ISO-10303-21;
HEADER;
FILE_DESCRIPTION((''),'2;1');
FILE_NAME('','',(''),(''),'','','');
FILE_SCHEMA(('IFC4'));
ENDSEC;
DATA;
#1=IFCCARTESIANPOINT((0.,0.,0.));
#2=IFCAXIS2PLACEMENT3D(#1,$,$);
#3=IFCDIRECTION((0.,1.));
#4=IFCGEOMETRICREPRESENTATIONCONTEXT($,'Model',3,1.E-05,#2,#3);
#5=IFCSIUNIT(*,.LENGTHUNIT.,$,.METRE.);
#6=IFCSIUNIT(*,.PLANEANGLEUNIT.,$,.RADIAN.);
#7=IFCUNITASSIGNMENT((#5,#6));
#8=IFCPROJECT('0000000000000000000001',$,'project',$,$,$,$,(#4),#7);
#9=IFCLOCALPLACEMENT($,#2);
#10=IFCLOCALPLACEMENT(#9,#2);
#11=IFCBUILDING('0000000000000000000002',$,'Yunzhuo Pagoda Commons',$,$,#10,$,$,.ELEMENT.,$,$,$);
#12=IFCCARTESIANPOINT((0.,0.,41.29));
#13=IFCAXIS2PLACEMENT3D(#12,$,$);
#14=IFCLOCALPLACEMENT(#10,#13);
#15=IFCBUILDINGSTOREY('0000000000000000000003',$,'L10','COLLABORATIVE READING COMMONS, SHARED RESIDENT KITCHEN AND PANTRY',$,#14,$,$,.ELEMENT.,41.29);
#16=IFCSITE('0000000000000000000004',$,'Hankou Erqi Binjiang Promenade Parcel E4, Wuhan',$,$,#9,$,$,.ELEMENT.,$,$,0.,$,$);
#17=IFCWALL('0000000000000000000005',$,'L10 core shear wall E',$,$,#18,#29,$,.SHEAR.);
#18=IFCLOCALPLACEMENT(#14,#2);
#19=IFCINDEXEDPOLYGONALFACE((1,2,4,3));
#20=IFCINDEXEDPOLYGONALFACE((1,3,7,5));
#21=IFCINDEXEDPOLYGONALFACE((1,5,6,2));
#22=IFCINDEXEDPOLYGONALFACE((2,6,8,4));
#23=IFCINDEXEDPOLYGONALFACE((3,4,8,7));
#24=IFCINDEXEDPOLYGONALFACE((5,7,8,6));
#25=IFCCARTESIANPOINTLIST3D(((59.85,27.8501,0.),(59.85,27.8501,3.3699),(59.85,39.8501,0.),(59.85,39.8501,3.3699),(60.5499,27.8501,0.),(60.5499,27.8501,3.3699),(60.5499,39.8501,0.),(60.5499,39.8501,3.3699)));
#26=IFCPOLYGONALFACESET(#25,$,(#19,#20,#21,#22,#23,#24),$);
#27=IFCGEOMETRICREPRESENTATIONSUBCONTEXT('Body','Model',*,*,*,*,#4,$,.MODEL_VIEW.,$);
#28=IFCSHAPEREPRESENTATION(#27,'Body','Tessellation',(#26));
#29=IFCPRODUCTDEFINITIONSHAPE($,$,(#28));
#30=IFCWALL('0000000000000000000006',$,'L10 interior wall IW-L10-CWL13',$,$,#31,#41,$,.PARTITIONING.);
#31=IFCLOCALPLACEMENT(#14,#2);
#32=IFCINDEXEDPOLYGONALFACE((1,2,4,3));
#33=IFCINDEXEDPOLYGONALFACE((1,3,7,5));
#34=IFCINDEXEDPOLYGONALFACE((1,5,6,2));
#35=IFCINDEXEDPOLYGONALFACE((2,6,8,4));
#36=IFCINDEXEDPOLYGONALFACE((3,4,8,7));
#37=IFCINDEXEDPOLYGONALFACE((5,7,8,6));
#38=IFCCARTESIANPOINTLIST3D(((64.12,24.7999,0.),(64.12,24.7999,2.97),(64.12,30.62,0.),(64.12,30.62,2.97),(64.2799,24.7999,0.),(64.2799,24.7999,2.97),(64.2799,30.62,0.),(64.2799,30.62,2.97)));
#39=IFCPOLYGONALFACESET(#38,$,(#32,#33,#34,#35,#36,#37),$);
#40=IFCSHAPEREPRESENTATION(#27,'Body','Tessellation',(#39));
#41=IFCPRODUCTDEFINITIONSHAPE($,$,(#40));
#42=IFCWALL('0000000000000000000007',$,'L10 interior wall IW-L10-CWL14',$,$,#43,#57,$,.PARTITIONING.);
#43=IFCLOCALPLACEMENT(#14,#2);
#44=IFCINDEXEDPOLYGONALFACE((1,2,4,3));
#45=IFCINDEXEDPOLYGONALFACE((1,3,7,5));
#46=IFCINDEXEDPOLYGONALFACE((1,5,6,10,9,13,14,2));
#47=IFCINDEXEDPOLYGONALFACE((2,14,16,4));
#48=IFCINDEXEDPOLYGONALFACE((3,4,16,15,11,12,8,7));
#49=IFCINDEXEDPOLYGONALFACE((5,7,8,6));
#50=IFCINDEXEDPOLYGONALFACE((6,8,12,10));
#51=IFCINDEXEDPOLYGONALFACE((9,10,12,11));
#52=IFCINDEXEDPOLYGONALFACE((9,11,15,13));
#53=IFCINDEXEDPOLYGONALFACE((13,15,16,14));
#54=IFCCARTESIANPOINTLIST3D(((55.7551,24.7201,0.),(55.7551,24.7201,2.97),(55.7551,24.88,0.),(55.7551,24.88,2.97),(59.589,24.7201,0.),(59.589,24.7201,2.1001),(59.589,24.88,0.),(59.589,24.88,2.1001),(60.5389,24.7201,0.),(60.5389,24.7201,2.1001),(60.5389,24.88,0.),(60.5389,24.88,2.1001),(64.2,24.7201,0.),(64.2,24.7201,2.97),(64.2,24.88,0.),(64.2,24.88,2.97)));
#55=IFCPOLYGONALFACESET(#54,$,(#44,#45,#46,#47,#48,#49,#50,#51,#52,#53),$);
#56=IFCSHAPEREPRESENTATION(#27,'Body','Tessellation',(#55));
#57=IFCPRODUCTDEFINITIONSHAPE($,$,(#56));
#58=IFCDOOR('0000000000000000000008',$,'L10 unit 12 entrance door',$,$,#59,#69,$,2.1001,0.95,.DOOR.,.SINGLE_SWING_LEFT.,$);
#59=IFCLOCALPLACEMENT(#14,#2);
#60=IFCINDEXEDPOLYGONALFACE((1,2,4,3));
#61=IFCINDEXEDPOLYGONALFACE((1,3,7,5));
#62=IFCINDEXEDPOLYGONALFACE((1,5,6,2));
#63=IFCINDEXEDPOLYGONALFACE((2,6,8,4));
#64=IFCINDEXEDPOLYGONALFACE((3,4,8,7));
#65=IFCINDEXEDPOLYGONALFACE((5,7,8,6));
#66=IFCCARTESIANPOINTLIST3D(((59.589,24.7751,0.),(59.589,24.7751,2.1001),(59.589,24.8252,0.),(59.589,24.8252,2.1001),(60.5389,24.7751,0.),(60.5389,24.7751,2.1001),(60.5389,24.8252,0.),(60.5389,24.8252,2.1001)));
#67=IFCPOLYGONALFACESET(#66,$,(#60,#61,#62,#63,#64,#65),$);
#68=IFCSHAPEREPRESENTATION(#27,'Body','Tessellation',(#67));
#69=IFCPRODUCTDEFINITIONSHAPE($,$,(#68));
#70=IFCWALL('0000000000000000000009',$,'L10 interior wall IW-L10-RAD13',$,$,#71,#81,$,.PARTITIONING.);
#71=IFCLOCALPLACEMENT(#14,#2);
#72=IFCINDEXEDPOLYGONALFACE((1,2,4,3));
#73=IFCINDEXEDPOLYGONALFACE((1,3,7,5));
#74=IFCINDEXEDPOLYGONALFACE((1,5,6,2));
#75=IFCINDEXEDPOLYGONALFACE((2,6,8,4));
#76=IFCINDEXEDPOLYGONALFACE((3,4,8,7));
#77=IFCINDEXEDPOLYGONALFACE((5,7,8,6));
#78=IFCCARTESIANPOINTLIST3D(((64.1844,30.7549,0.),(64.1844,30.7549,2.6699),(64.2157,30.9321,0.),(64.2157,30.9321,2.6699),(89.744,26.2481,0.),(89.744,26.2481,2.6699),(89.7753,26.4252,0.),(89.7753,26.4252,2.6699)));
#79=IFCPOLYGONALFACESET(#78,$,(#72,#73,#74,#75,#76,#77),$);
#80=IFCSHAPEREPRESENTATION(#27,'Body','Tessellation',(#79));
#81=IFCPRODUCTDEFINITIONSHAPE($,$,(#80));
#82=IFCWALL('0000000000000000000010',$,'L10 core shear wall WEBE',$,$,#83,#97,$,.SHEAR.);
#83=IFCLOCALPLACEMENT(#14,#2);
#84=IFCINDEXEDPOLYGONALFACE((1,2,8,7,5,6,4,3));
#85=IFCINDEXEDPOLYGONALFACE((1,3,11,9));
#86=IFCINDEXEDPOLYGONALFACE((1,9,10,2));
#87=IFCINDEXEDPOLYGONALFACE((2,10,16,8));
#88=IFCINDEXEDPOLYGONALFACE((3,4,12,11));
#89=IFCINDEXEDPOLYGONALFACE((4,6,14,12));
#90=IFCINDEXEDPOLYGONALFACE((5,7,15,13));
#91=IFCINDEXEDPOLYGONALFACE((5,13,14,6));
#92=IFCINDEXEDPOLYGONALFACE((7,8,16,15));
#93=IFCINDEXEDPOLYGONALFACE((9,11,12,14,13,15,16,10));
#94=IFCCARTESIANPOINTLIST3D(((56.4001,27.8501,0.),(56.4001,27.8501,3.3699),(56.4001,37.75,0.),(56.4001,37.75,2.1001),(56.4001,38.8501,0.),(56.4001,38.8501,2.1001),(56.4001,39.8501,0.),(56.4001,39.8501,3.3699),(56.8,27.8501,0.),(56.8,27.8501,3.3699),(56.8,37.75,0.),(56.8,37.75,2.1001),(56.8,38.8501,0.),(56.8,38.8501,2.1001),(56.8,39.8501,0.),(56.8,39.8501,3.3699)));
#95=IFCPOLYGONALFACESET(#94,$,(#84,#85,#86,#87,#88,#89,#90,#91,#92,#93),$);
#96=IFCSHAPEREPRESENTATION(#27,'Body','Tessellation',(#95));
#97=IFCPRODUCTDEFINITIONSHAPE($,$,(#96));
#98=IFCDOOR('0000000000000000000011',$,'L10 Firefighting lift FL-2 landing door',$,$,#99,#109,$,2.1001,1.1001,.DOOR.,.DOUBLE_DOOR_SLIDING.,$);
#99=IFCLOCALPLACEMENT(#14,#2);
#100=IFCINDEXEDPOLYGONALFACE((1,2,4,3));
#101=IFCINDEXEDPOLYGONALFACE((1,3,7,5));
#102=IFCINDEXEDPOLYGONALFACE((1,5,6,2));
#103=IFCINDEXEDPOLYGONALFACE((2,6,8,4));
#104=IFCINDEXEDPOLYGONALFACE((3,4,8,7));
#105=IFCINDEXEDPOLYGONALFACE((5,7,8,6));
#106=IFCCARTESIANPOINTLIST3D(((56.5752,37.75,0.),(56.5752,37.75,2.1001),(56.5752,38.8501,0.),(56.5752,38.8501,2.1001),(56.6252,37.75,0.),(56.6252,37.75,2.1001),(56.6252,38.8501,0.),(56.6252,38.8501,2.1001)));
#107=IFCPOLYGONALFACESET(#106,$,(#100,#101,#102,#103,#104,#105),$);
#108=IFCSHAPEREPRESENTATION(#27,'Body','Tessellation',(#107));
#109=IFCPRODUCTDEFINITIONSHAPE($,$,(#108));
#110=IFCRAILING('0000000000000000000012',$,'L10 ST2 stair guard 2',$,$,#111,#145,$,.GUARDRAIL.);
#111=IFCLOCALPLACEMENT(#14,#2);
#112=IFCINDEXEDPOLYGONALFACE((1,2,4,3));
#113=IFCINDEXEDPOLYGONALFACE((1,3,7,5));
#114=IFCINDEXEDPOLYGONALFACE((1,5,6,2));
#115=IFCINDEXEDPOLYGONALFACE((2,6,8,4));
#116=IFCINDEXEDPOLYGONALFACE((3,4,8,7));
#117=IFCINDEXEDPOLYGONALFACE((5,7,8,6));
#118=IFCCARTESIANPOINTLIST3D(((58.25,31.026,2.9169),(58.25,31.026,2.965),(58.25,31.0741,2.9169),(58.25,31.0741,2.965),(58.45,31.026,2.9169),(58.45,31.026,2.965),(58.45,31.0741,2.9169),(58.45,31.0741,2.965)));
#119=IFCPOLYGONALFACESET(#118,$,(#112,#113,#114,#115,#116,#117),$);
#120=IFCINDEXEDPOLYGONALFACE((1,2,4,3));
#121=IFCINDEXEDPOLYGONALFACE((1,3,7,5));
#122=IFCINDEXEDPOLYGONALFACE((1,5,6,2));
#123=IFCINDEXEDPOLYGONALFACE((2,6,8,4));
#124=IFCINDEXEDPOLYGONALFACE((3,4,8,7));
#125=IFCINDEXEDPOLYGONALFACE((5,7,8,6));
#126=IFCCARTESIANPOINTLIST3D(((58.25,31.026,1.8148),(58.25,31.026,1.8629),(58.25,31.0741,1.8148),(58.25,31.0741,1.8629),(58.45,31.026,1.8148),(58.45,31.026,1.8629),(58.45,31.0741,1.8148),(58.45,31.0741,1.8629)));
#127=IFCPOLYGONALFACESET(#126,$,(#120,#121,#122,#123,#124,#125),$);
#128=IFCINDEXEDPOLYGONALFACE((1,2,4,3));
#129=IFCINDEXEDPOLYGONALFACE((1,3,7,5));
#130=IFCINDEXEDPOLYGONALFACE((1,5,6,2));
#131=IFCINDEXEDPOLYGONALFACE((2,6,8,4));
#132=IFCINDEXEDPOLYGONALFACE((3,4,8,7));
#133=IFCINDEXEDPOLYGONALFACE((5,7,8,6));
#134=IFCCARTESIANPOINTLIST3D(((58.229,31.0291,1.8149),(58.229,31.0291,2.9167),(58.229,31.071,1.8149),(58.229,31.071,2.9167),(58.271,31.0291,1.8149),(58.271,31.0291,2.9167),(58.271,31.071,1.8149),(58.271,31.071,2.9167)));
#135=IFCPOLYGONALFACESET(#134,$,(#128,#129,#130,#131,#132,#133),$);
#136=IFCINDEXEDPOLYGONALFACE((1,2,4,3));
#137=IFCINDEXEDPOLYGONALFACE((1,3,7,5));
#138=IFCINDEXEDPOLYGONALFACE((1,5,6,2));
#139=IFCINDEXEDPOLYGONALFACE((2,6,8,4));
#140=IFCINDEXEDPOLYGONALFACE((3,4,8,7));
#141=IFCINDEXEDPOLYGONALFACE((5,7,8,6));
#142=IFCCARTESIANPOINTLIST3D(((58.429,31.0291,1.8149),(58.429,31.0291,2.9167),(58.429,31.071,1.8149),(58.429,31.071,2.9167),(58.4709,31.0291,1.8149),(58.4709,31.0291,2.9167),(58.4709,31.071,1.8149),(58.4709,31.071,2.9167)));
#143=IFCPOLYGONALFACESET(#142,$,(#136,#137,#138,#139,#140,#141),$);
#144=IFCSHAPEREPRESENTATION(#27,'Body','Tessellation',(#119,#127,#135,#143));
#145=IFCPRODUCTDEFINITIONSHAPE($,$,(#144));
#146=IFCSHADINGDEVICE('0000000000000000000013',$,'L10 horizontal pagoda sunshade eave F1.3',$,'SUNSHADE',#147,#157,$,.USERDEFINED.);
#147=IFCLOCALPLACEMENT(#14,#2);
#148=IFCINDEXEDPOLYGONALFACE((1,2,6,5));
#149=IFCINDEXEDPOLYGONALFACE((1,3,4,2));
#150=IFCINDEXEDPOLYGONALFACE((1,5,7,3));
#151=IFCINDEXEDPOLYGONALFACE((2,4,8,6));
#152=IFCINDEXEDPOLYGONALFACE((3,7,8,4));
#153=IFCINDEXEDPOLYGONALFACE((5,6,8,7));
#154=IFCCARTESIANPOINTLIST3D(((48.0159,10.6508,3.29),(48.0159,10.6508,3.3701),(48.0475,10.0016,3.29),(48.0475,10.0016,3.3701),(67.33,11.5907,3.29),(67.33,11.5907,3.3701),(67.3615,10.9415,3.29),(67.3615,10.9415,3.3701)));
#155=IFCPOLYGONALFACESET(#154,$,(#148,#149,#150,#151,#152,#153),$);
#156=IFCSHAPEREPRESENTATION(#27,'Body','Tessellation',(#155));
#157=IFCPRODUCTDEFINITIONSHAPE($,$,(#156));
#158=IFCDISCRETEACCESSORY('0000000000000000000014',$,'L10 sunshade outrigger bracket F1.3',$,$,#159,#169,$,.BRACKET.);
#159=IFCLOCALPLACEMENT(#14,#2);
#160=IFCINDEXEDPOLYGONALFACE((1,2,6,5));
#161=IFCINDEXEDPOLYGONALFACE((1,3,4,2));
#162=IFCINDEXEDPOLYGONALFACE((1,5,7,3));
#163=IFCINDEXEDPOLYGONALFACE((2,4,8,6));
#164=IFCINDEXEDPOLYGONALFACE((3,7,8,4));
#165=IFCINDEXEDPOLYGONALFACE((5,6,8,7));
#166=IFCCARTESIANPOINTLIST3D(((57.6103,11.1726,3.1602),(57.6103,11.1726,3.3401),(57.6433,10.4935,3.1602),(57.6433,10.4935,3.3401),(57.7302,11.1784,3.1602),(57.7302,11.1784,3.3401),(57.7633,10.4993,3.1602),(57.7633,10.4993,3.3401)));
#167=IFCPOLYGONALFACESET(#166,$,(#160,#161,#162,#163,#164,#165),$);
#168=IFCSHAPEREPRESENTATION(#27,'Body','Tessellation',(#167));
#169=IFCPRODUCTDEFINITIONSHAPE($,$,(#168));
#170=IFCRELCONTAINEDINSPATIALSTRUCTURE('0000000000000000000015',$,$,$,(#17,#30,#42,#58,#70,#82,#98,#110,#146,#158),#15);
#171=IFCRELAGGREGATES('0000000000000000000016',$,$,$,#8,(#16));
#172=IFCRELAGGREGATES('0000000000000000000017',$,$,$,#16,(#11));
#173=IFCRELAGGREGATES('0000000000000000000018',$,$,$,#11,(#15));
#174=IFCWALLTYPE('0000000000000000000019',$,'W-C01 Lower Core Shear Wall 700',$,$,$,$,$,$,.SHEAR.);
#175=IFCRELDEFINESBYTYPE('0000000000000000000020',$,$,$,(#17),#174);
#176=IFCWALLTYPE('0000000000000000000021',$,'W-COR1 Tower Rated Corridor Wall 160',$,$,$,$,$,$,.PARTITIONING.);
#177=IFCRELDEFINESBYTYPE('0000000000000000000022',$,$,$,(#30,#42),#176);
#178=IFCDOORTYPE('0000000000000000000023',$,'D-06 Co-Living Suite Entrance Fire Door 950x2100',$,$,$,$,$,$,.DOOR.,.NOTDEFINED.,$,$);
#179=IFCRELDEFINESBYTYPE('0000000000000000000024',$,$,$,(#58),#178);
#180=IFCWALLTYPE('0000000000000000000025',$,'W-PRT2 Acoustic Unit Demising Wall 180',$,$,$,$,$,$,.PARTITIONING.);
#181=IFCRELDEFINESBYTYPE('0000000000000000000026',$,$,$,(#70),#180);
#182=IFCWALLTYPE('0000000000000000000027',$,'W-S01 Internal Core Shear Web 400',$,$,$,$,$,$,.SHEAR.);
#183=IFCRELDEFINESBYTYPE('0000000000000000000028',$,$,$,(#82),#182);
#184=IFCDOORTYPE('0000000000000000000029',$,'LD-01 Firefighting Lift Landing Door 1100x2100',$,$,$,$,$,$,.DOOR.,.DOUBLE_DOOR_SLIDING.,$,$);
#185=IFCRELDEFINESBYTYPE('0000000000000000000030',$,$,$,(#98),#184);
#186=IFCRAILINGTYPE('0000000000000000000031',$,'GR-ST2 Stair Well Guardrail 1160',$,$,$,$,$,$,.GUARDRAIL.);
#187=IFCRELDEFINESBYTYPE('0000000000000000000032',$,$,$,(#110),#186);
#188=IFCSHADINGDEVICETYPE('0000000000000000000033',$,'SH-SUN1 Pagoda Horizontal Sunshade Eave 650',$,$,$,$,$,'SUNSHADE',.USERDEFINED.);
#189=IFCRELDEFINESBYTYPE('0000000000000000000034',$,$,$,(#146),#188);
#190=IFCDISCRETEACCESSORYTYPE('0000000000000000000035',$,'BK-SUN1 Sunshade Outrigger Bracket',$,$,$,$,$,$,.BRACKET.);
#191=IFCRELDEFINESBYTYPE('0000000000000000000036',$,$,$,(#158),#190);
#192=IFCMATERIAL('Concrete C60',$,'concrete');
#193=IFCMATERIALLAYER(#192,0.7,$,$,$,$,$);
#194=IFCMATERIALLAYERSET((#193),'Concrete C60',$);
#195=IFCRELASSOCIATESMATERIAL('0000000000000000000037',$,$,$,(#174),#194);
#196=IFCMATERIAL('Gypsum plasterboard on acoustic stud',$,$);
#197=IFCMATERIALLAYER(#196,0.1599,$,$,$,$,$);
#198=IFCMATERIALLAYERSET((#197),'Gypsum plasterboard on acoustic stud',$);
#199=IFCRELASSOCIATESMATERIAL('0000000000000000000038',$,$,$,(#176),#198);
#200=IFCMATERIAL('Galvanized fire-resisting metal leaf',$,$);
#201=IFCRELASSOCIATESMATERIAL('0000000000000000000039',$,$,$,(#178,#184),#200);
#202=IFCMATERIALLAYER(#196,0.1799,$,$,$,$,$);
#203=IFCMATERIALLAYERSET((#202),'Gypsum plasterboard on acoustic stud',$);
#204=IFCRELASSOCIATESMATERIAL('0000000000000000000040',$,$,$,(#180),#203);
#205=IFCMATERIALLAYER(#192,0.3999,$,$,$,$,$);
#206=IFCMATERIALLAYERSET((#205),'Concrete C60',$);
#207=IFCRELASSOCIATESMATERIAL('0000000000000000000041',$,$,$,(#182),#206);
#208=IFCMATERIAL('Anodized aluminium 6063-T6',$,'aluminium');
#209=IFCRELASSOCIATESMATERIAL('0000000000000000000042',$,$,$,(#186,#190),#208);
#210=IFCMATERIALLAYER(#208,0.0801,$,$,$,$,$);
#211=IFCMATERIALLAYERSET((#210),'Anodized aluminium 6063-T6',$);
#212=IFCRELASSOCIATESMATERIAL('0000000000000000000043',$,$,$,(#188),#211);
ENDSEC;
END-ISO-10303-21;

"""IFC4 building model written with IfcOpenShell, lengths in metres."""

from ifc_helpers import new_model, si_unit, direction, frame, frame_2d, origin, origin_with_axes, origin_2d, place, context, subcontext, project, spatial, rectangle, extrude, source, transform, mapped, material, layer, layer_set, type_object, element, fill, save


model = new_model("IFC4")

# Units and contexts
model_context = context("Model", 3, precision=1e-05, world=origin(), true_north=direction((0.0, 1.0)))
body_context = subcontext(model_context, "Body", "Model", "MODEL_VIEW")
ifc_project = project(units=[si_unit("LENGTHUNIT", "METRE"), si_unit("PLANEANGLEUNIT", "RADIAN")], contexts=[model_context])

# Site, building, storey
site_placement = place(None, origin())
site = spatial("IfcSite", under=ifc_project, at=site_placement, Name="Hankou Erqi Binjiang Promenade Parcel E4, Wuhan", CompositionType="ELEMENT", RefElevation=0.0)
building_placement = place(site_placement, origin())
building = spatial("IfcBuilding", under=site, at=building_placement, Name="Yunzhuo Pagoda Commons", CompositionType="ELEMENT")
storey_placement = place(building_placement, frame((0.0, 0.0, 41.29)))
storey = spatial("IfcBuildingStorey", under=building, at=storey_placement, Name="L10", Description="COLLABORATIVE READING COMMONS, SHARED RESIDENT KITCHEN AND PANTRY", CompositionType="ELEMENT", Elevation=41.29)

# Shared definitions
ifc_material_1 = material(Name="Anodized aluminium 6063-T6", Category="aluminium")

# Walls
ifc_material_2 = material(Name="Concrete C60", Category="concrete")
ifc_layer_1 = layer(ifc_material_2, 0.7)
ifc_layer_set_1 = layer_set([ifc_layer_1], Name="Concrete C60")
wall_type_1 = type_object("IfcWallType", Name="W-C01 Lower Core Shear Wall 700", PredefinedType="SHEAR", material=ifc_layer_set_1)
wall_1_placement = place(storey_placement, frame((60.2, 27.8501, 0.0), z_axis=(0.0, 0.0, 1.0), x_axis=(0.0, 1.0, 0.0)))
element("IfcWall", 1, at=wall_1_placement, inside=storey, type_object=wall_type_1, Name="L10 core shear wall E", PredefinedType="SHEAR", context=body_context, shape_type="SweptSolid", body=[
    extrude(rectangle(XDim=12.0, YDim=0.7, at=frame_2d((6.0, 0.0))), origin(), (0.0, 0.0, 1.0), 3.3699),
])
ifc_material_3 = material(Name="Gypsum plasterboard on acoustic stud")
ifc_layer_2 = layer(ifc_material_3, 0.1599)
ifc_layer_set_2 = layer_set([ifc_layer_2], Name="Gypsum plasterboard on acoustic stud")
wall_type_2 = type_object("IfcWallType", Name="W-COR1 Tower Rated Corridor Wall 160", PredefinedType="PARTITIONING", material=ifc_layer_set_2)
wall_2_placement = place(storey_placement, frame((64.2, 30.6201, 0.0), z_axis=(0.0, 0.0, 1.0), x_axis=(0.0, -1.0, 0.0)))
element("IfcWall", 2, at=wall_2_placement, inside=storey, type_object=wall_type_2, Name="L10 interior wall IW-L10-CWL13", PredefinedType="PARTITIONING", context=body_context, shape_type="SweptSolid", body=[
    extrude(rectangle(XDim=5.8201, YDim=0.1599, at=frame_2d((2.9102, 0.0))), origin(), (0.0, 0.0, 1.0), 2.97),
])

# Wall, opening, door
wall_3_placement = place(storey_placement, frame((64.2, 24.8, 0.0), z_axis=(0.0, 0.0, 1.0), x_axis=(-1.0, 0.0, 0.0)))
wall_3 = element("IfcWall", 3, at=wall_3_placement, inside=storey, type_object=wall_type_2, Name="L10 interior wall IW-L10-CWL14", PredefinedType="PARTITIONING", context=body_context, shape_type="SweptSolid", body=[
    extrude(rectangle(XDim=8.4448, YDim=0.1599, at=frame_2d((4.2224, 0.0))), origin(), (0.0, 0.0, 1.0), 2.97),
])
opening_1_placement = place(wall_3_placement, frame((3.6609, 0.0, 0.0)))
opening_1 = element("IfcOpeningElement", 4, at=opening_1_placement, cuts=wall_3, PredefinedType="OPENING", context=body_context, shape_type="SweptSolid", body=[
    extrude(rectangle(XDim=0.95, YDim=2.1001, at=frame_2d((0.4751, 1.05))), frame((0.0, 0.0898, 0.0), z_axis=(0.0, -1.0, 0.0), x_axis=(1.0, 0.0, 0.0)), (0.0, 0.0, 1.0), 0.1799),
])
ifc_material_4 = material(Name="Galvanized fire-resisting metal leaf")
door_type_1 = type_object("IfcDoorType", Name="D-06 Co-Living Suite Entrance Fire Door 950x2100", OperationType="NOTDEFINED", PredefinedType="DOOR", material=ifc_material_4)
shared_shape_1 = source(origin(), body_context, "Body", "SweptSolid", [
    extrude(rectangle(XDim=0.95, YDim=2.1001, at=frame_2d((0.4751, 1.05))), frame((0.0, 0.0249, 0.0), z_axis=(0.0, -1.0, 0.0), x_axis=(1.0, 0.0, 0.0)), (0.0, 0.0, 1.0), 0.05),
])
door_1_placement = place(opening_1_placement, origin_with_axes())
door_1 = element("IfcDoor", 5, at=door_1_placement, inside=storey, type_object=door_type_1, Name="L10 unit 12 entrance door", OperationType="SINGLE_SWING_LEFT", OverallHeight=2.1001, OverallWidth=0.95, PredefinedType="DOOR", context=body_context, shape_type="MappedRepresentation", body=[
    mapped(shared_shape_1, transform((0.0, 0.0, 0.0), scale=1.0)),
])
fill(opening_1, door_1)

# Wall
ifc_layer_3 = layer(ifc_material_3, 0.1799)
ifc_layer_set_3 = layer_set([ifc_layer_3], Name="Gypsum plasterboard on acoustic stud")
wall_type_3 = type_object("IfcWallType", Name="W-PRT2 Acoustic Unit Demising Wall 180", PredefinedType="PARTITIONING", material=ifc_layer_set_3)
wall_4_placement = place(storey_placement, frame((64.2, 30.8435, 0.0), z_axis=(0.0, 0.0, 1.0), x_axis=(0.984808, -0.173648, 0.0)))
element("IfcWall", 6, at=wall_4_placement, inside=storey, type_object=wall_type_3, Name="L10 interior wall IW-L10-RAD13", PredefinedType="PARTITIONING", context=body_context, shape_type="SweptSolid", body=[
    extrude(rectangle(XDim=25.9539, YDim=0.1799, at=frame_2d((12.9771, 0.0))), origin(), (0.0, 0.0, 1.0), 2.6699),
])

# Wall, opening, door
ifc_layer_4 = layer(ifc_material_2, 0.3999)
ifc_layer_set_4 = layer_set([ifc_layer_4], Name="Concrete C60")
wall_type_4 = type_object("IfcWallType", Name="W-S01 Internal Core Shear Web 400", PredefinedType="SHEAR", material=ifc_layer_set_4)
wall_5_placement = place(storey_placement, frame((56.6001, 27.8501, 0.0), z_axis=(0.0, 0.0, 1.0), x_axis=(0.0, 1.0, 0.0)))
wall_5 = element("IfcWall", 7, at=wall_5_placement, inside=storey, type_object=wall_type_4, Name="L10 core shear wall WEBE", PredefinedType="SHEAR", context=body_context, shape_type="SweptSolid", body=[
    extrude(rectangle(XDim=12.0, YDim=0.3999, at=frame_2d((6.0, 0.0))), origin(), (0.0, 0.0, 1.0), 3.3699),
])
opening_2_placement = place(wall_5_placement, frame((9.8999, 0.0, 0.0)))
opening_2 = element("IfcOpeningElement", 8, at=opening_2_placement, cuts=wall_5, PredefinedType="OPENING", context=body_context, shape_type="SweptSolid", body=[
    extrude(rectangle(XDim=1.1001, YDim=2.1001, at=frame_2d((0.55, 1.05))), frame((0.0, 0.21, 0.0), z_axis=(0.0, -1.0, 0.0), x_axis=(1.0, 0.0, 0.0)), (0.0, 0.0, 1.0), 0.4199),
])
door_type_2 = type_object("IfcDoorType", Name="LD-01 Firefighting Lift Landing Door 1100x2100", OperationType="DOUBLE_DOOR_SLIDING", PredefinedType="DOOR", material=ifc_material_4)
shared_shape_2 = source(origin(), body_context, "Body", "SweptSolid", [
    extrude(rectangle(XDim=1.1001, YDim=2.1001, at=frame_2d((0.55, 1.05))), frame((0.0, 0.0249, 0.0), z_axis=(0.0, -1.0, 0.0), x_axis=(1.0, 0.0, 0.0)), (0.0, 0.0, 1.0), 0.05),
])
door_2_placement = place(opening_2_placement, origin_with_axes())
door_2 = element("IfcDoor", 9, at=door_2_placement, inside=storey, type_object=door_type_2, Name="L10 Firefighting lift FL-2 landing door", OperationType="DOUBLE_DOOR_SLIDING", OverallHeight=2.1001, OverallWidth=1.1001, PredefinedType="DOOR", context=body_context, shape_type="MappedRepresentation", body=[
    mapped(shared_shape_2, transform((0.0, 0.0, 0.0), scale=1.0)),
])
fill(opening_2, door_2)

# Railing
railing_type = type_object("IfcRailingType", Name="GR-ST2 Stair Well Guardrail 1160", PredefinedType="GUARDRAIL", material=ifc_material_1)
railing_placement = place(storey_placement, frame((58.25, 31.05, 1.8149)))
element("IfcRailing", 10, at=railing_placement, inside=storey, type_object=railing_type, Name="L10 ST2 stair guard 2", PredefinedType="GUARDRAIL", context=body_context, shape_type="SweptSolid", body=[
    extrude(rectangle(XDim=0.0481, YDim=0.0481, at=origin_2d()), frame((0.0, 0.0, 1.126), z_axis=(1.0, 0.0, 0.0), x_axis=(0.0, 1.0, 0.0)), (0.0, 0.0, 1.0), 0.2),
    extrude(rectangle(XDim=0.0481, YDim=0.0481, at=origin_2d()), frame((0.0, 0.0, 0.0239), z_axis=(1.0, 0.0, 0.0), x_axis=(0.0, 1.0, 0.0)), (0.0, 0.0, 1.0), 0.2),
    extrude(rectangle(XDim=0.042, YDim=0.042, at=origin_2d()), origin(), (0.0, 0.0, 1.0), 1.1018),
    extrude(rectangle(XDim=0.042, YDim=0.042, at=origin_2d()), frame((0.2, 0.0, 0.0)), (0.0, 0.0, 1.0), 1.1018),
])

# Shading device
ifc_layer_5 = layer(ifc_material_1, 0.0801)
ifc_layer_set_5 = layer_set([ifc_layer_5], Name="Anodized aluminium 6063-T6")
shading_device_type = type_object("IfcShadingDeviceType", Name="SH-SUN1 Pagoda Horizontal Sunshade Eave 650", ElementType="SUNSHADE", PredefinedType="USERDEFINED", material=ifc_layer_set_5)
shared_shape_3 = source(origin(), body_context, "Body", "SweptSolid", [
    extrude(rectangle(XDim=19.3369, YDim=0.6499, at=origin_2d()), origin(), (0.0, 0.0, 1.0), 0.0801),
])
shading_device_placement = place(storey_placement, frame((57.6887, 10.7961, 3.29), z_axis=(0.0, 0.0, 1.0), x_axis=(0.998818, 0.048606, 0.0)))
element("IfcShadingDevice", 11, at=shading_device_placement, inside=storey, type_object=shading_device_type, Name="L10 horizontal pagoda sunshade eave F1.3", ObjectType="SUNSHADE", PredefinedType="USERDEFINED", context=body_context, shape_type="MappedRepresentation", body=[
    mapped(shared_shape_3, transform((0.0, 0.0, 0.0), scale=1.0)),
])

# Discrete accessory
discrete_accessory_type = type_object("IfcDiscreteAccessoryType", Name="BK-SUN1 Sunshade Outrigger Bracket", PredefinedType="BRACKET", material=ifc_material_1)
shared_shape_4 = source(origin(), body_context, "Body", "SweptSolid", [
    extrude(rectangle(XDim=0.1201, YDim=0.6799, at=origin_2d()), origin(), (0.0, 0.0, 1.0), 0.1799),
])
discrete_accessory_placement = place(storey_placement, frame((57.6868, 10.8359, 3.1602), z_axis=(0.0, 0.0, 1.0), x_axis=(0.998818, 0.048606, 0.0)))
element("IfcDiscreteAccessory", 12, at=discrete_accessory_placement, inside=storey, type_object=discrete_accessory_type, Name="L10 sunshade outrigger bracket F1.3", PredefinedType="BRACKET", context=body_context, shape_type="MappedRepresentation", body=[
    mapped(shared_shape_4, transform((0.0, 0.0, 0.0), scale=1.0)),
])

save(model, "model.ifc")
